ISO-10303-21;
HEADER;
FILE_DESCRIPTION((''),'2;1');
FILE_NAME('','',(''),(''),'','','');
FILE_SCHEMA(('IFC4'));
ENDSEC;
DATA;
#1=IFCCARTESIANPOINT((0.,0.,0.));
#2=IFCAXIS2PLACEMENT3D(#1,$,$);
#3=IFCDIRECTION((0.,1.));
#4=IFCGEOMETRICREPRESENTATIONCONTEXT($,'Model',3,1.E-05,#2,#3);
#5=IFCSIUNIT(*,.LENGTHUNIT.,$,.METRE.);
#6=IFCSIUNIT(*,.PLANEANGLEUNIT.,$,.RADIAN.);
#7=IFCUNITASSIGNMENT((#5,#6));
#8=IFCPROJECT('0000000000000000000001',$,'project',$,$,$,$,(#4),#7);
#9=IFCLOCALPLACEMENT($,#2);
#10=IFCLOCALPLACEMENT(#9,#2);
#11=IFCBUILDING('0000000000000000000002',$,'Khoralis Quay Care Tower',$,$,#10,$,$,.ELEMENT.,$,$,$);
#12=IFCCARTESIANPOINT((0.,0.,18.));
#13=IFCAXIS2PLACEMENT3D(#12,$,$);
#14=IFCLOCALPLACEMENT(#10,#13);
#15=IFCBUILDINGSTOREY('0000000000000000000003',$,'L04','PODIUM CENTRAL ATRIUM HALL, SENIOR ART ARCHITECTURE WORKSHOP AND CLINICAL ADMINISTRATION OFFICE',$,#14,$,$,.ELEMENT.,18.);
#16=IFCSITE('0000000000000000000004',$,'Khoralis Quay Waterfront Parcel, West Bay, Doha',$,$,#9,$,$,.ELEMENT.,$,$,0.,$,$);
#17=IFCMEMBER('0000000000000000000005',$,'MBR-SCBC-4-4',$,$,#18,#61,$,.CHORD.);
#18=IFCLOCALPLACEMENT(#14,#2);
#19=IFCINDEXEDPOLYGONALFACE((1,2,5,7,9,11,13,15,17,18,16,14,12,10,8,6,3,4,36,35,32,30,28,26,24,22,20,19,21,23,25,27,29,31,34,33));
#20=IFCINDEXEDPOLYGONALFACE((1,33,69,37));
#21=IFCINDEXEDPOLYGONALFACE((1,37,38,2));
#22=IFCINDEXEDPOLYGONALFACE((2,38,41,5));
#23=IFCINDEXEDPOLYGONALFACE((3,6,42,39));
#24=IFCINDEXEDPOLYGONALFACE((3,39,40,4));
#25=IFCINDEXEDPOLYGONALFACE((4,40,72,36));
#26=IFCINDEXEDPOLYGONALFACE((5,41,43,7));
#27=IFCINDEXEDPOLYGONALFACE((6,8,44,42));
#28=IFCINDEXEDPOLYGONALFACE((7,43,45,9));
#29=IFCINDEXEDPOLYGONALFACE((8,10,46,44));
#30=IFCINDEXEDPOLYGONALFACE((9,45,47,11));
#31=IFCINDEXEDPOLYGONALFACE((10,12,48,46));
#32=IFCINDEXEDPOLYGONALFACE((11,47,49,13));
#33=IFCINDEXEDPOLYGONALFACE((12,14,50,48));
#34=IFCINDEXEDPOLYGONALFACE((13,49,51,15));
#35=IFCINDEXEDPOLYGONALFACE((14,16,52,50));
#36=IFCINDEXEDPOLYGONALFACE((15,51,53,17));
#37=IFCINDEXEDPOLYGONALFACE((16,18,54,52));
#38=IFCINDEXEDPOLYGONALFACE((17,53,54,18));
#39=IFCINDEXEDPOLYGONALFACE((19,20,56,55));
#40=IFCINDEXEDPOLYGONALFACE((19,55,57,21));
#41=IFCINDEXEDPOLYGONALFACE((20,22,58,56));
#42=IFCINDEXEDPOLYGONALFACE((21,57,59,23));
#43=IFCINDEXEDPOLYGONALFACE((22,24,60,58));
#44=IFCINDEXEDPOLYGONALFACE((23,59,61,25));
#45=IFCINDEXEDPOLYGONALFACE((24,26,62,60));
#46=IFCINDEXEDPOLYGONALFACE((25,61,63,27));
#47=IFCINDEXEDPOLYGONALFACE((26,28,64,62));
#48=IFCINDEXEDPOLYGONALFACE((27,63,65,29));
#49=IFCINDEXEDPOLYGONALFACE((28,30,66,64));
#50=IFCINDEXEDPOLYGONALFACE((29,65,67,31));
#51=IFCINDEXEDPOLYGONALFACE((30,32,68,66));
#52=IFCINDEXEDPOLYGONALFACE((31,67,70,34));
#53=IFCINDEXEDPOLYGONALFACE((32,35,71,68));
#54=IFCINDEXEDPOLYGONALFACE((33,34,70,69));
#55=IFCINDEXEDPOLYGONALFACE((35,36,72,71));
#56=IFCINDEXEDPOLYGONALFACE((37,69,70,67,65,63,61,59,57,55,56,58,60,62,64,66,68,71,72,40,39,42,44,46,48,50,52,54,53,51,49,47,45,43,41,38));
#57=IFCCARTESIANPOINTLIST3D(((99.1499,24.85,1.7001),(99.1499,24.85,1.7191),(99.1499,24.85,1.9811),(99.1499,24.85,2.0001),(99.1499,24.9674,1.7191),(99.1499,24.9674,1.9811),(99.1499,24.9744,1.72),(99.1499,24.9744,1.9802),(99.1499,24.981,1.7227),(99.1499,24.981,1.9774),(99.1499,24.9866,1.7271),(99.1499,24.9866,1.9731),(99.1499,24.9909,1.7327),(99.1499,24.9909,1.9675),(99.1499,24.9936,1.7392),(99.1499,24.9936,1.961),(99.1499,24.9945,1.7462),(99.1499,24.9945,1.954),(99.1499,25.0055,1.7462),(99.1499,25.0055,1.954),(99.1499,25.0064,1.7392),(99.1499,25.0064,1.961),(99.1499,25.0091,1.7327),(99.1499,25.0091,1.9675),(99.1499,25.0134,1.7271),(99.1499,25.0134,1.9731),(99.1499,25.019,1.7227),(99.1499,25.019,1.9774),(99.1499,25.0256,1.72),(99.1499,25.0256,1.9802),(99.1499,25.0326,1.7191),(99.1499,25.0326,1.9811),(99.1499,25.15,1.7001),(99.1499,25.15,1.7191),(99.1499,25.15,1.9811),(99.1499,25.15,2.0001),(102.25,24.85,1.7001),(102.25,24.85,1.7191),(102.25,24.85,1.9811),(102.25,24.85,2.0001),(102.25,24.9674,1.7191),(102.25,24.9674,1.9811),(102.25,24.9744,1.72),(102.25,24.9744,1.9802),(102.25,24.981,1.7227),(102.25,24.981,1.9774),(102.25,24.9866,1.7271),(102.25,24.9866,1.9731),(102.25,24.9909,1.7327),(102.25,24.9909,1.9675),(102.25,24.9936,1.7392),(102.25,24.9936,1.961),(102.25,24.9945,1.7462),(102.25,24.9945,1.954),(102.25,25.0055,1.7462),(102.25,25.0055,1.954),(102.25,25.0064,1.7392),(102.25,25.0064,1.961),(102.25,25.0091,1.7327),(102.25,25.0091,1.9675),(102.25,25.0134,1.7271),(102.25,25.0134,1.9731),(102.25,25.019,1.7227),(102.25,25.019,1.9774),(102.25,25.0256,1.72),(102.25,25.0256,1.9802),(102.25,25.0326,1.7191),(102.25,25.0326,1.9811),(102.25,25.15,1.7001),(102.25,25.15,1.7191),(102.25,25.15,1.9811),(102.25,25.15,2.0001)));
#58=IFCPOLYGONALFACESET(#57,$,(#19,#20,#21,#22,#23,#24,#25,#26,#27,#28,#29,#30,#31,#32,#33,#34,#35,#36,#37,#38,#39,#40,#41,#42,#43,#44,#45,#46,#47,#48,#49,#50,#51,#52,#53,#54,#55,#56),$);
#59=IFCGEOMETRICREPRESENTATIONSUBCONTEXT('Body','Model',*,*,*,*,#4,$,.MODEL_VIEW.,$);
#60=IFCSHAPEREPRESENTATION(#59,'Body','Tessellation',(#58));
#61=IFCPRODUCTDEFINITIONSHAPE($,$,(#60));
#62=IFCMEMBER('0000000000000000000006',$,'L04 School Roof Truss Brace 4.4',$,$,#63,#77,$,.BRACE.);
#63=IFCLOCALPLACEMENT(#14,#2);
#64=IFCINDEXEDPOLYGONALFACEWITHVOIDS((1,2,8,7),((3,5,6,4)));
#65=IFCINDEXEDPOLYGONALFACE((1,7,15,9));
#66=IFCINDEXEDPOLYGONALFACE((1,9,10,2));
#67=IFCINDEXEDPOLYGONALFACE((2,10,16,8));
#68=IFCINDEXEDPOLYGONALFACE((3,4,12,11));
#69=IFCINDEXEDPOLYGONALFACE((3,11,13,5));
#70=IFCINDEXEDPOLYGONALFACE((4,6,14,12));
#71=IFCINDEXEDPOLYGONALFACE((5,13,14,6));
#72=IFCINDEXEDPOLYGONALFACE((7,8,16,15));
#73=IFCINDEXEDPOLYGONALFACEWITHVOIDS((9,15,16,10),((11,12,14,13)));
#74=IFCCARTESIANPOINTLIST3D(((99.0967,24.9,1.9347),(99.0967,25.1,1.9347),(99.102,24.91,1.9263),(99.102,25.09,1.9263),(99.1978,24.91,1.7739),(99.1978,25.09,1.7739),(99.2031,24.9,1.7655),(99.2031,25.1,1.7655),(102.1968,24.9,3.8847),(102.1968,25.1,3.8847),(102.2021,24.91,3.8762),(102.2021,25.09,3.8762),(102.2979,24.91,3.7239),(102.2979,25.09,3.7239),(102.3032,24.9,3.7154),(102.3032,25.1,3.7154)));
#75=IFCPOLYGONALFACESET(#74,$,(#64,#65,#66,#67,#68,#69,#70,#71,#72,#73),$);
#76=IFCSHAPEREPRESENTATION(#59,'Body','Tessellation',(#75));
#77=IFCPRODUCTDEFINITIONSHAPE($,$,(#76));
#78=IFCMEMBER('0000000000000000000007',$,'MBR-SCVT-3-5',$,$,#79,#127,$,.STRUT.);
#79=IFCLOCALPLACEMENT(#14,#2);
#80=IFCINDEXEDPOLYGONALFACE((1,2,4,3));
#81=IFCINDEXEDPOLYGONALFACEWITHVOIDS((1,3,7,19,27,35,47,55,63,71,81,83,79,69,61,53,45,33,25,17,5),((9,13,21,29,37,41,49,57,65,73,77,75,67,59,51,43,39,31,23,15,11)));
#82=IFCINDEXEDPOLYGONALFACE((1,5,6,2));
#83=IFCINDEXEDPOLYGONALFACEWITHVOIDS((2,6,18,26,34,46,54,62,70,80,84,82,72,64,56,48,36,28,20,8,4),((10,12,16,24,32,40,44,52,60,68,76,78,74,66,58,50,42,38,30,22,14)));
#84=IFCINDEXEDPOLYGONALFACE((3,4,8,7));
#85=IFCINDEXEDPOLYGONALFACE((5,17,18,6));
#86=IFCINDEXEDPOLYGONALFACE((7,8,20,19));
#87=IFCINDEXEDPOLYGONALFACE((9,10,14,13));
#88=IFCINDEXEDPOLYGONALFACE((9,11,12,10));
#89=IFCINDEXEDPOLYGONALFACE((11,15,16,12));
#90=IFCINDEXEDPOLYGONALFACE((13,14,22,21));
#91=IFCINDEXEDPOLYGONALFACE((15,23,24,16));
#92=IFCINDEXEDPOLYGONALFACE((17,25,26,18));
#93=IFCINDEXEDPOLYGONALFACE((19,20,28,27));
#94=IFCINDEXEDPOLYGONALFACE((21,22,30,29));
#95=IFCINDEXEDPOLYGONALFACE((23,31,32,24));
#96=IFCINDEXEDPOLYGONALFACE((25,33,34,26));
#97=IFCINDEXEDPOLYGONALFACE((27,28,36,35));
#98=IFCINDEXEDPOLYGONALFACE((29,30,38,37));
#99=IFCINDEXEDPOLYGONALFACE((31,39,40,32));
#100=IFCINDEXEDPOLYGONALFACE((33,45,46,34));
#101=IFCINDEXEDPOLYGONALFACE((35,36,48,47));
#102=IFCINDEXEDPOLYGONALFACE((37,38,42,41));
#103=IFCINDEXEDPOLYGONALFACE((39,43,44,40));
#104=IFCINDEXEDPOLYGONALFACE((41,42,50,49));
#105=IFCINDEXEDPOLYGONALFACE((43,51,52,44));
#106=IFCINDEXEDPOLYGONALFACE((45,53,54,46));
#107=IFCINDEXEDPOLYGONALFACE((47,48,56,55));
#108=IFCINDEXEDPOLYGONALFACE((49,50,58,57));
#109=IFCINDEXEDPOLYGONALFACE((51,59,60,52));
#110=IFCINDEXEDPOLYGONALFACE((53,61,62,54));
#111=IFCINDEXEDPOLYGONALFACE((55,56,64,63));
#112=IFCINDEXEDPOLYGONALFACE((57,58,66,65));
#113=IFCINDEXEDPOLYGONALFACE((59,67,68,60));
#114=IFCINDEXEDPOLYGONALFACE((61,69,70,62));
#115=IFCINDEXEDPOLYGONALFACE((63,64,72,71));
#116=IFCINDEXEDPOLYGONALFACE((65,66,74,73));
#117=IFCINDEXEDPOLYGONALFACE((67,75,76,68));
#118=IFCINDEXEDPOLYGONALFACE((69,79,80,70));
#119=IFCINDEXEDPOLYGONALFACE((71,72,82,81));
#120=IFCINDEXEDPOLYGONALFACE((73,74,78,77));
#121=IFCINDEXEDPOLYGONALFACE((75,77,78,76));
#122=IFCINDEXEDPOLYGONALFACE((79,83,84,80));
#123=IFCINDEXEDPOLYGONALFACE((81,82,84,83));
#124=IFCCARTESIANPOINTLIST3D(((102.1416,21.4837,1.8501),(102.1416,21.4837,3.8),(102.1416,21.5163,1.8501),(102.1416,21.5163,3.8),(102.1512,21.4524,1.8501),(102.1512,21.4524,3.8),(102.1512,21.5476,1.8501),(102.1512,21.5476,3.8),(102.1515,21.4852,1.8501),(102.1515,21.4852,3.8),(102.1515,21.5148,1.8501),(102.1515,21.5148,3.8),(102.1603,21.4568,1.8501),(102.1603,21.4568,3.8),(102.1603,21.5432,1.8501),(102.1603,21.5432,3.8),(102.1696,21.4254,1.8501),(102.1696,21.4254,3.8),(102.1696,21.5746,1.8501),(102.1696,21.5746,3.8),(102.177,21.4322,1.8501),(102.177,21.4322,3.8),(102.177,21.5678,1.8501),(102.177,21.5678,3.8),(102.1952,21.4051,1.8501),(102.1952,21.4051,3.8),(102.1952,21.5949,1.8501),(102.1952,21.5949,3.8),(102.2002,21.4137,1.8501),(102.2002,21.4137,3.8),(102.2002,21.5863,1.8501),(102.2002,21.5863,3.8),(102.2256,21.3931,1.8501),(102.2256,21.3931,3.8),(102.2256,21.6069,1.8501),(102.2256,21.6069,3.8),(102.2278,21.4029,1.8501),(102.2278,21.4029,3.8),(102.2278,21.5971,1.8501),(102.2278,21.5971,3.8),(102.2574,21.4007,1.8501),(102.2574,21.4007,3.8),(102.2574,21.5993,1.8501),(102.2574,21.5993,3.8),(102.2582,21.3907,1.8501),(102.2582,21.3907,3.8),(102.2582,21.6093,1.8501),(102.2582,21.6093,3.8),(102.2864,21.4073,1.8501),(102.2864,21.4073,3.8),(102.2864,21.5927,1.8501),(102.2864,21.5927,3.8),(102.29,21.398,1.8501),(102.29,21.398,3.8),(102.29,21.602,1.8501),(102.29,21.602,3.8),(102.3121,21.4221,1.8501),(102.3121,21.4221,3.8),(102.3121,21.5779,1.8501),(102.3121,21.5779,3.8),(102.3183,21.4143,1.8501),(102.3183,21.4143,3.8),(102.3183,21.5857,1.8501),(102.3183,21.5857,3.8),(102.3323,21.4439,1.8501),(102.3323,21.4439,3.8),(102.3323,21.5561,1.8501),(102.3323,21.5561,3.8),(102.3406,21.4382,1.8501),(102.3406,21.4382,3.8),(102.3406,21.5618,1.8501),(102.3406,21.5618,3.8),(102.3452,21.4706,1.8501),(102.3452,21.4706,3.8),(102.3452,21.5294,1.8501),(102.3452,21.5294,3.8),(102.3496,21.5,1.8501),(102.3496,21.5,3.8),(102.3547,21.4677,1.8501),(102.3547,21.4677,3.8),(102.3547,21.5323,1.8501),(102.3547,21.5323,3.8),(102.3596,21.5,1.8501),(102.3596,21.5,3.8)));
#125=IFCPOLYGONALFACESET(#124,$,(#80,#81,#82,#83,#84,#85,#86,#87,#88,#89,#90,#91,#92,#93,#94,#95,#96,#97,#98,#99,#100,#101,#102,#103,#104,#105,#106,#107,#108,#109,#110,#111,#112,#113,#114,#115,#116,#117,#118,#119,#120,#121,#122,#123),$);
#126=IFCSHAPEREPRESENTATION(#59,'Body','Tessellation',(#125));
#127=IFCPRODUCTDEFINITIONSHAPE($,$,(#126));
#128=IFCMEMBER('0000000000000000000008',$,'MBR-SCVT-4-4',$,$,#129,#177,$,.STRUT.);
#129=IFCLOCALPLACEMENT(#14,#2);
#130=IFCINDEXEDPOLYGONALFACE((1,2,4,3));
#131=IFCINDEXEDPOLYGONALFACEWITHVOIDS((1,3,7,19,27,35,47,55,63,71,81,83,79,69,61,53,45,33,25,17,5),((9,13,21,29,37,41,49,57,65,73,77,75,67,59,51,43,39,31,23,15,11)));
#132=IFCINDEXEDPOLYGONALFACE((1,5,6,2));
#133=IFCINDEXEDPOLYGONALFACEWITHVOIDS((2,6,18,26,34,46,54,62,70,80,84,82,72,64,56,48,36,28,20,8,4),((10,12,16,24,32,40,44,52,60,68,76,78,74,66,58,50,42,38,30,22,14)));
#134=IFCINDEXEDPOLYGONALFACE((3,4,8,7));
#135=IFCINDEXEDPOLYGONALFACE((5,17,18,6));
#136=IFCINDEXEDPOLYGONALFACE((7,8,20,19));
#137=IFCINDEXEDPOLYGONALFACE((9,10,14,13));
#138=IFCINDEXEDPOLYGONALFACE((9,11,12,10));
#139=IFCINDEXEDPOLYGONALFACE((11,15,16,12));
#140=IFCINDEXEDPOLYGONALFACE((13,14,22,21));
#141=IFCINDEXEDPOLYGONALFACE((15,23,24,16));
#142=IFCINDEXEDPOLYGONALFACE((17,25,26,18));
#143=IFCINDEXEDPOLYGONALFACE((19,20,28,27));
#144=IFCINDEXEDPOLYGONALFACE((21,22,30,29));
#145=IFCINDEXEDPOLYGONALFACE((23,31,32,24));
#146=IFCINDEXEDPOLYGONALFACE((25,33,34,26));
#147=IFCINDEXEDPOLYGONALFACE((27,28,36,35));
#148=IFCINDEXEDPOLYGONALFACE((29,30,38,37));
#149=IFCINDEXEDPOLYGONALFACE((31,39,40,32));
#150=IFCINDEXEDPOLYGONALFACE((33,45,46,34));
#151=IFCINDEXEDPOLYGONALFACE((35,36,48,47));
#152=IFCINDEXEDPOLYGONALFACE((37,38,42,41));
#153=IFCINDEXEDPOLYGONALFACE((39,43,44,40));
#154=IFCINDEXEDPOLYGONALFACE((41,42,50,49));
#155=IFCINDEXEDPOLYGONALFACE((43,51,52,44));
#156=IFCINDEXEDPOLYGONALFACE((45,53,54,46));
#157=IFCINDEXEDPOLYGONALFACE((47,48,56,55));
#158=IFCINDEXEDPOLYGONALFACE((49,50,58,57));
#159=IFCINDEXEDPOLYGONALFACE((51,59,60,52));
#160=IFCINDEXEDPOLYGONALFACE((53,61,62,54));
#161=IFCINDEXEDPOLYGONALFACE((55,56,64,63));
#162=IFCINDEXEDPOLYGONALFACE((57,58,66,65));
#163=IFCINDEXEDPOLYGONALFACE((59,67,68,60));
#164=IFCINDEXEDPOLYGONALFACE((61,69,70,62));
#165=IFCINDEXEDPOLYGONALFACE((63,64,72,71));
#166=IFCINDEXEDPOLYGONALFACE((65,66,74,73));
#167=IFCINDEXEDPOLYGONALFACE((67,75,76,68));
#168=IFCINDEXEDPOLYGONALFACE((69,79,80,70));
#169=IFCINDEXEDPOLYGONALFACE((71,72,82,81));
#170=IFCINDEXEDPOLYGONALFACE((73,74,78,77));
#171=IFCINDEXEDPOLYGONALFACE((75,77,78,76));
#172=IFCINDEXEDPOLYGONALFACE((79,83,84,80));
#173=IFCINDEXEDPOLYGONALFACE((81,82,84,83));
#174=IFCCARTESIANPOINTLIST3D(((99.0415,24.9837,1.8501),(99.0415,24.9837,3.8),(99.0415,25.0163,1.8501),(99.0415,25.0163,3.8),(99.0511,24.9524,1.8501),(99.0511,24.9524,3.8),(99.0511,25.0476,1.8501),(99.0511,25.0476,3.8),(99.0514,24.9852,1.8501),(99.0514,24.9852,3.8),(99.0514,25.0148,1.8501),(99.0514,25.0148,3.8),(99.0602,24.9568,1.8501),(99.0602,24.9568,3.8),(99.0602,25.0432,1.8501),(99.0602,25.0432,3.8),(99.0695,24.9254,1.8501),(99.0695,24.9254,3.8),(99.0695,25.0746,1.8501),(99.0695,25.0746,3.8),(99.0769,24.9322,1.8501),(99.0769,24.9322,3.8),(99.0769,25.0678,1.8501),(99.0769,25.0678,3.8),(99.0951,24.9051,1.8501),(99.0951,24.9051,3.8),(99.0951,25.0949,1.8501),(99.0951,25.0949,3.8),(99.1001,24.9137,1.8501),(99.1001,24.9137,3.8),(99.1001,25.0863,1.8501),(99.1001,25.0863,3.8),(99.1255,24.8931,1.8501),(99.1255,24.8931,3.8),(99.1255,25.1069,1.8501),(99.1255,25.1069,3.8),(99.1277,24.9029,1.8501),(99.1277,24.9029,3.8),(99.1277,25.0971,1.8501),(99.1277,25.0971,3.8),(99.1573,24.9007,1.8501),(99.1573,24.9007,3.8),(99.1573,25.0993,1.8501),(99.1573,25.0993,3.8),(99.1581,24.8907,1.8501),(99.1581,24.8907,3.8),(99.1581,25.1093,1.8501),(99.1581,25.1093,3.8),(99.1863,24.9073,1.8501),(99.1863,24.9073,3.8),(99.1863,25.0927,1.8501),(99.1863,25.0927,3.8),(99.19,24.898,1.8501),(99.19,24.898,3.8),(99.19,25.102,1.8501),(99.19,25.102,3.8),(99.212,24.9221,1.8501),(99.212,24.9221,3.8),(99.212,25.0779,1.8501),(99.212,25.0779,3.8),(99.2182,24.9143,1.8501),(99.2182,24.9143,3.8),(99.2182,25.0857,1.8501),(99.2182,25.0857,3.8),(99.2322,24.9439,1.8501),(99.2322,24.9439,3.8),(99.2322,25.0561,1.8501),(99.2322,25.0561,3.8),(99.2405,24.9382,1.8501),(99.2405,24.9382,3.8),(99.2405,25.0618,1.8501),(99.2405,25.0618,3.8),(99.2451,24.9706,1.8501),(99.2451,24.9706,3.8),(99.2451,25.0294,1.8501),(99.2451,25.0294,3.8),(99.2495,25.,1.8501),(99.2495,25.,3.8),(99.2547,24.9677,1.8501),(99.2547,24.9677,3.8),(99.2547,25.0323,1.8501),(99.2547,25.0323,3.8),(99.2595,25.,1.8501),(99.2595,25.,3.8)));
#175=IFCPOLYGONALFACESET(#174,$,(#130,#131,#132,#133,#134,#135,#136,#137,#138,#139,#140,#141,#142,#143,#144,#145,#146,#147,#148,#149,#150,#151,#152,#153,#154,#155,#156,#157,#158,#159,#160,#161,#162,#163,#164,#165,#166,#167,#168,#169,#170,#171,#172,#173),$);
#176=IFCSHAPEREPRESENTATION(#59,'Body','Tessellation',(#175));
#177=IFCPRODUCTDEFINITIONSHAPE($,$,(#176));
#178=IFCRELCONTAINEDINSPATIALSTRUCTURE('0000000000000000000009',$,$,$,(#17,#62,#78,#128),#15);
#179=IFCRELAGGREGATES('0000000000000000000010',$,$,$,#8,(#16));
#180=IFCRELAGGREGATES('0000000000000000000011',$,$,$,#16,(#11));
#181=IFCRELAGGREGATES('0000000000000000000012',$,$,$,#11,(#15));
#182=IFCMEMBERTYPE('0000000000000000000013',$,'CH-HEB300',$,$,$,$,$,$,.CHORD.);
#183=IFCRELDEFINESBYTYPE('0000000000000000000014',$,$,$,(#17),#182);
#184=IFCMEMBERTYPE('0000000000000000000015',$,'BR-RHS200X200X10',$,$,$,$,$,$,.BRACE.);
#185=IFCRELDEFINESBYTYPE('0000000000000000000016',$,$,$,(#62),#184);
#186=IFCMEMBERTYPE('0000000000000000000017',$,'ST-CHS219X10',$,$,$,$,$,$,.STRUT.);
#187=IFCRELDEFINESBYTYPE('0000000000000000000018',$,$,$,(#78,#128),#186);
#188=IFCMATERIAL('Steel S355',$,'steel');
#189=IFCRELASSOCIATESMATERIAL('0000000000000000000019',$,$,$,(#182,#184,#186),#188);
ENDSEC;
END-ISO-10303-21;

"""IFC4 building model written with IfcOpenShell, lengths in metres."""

from ifc_helpers import new_model, si_unit, direction, frame, origin, origin_2d, place, context, subcontext, project, spatial, hollow_rectangle, hollow_circle, i_section, extrude, source, transform, mapped, material, material_profile, profile_set, type_object, element, save


model = new_model("IFC4")

# Units and contexts
model_context = context("Model", 3, precision=1e-05, world=origin(), true_north=direction((0.0, 1.0)))
body_context = subcontext(model_context, "Body", "Model", "MODEL_VIEW")
ifc_project = project(units=[si_unit("LENGTHUNIT", "METRE"), si_unit("PLANEANGLEUNIT", "RADIAN")], contexts=[model_context])

# Site, building, storey
site_placement = place(None, origin())
site = spatial("IfcSite", under=ifc_project, at=site_placement, Name="Khoralis Quay Waterfront Parcel, West Bay, Doha", CompositionType="ELEMENT", RefElevation=0.0)
building_placement = place(site_placement, origin())
building = spatial("IfcBuilding", under=site, at=building_placement, Name="Khoralis Quay Care Tower", CompositionType="ELEMENT")
storey_placement = place(building_placement, frame((0.0, 0.0, 18.0)))
storey = spatial("IfcBuildingStorey", under=building, at=storey_placement, Name="L04", Description="PODIUM CENTRAL ATRIUM HALL, SENIOR ART ARCHITECTURE WORKSHOP AND CLINICAL ADMINISTRATION OFFICE", CompositionType="ELEMENT", Elevation=18.0)

# Members
ifc_material_1 = material(Name="Steel S355", Category="steel")
ifc_material_profile_1 = material_profile(ifc_material_1, i_section(OverallWidth=0.3, OverallDepth=0.3, WebThickness=0.011, FlangeThickness=0.019, FilletRadius=0.0271, at=origin_2d()), Name="Steel S355")
ifc_profile_set_1 = profile_set([ifc_material_profile_1], Name="Steel S355")
member_type_1 = type_object("IfcMemberType", Name="CH-HEB300", PredefinedType="CHORD", material=ifc_profile_set_1)
shared_shape_1 = source(origin(), body_context, "Body", "SweptSolid", [
    extrude(i_section(OverallWidth=0.3, OverallDepth=0.3, WebThickness=0.011, FlangeThickness=0.019, FilletRadius=0.0271, at=origin_2d()), origin(), (0.0, 0.0, 1.0), 3.1001),
])
member_1_placement = place(storey_placement, frame((99.1499, 25.0, 1.8501), z_axis=(1.0, 0.0, 0.0), x_axis=(0.0, 1.0, 0.0)))
element("IfcMember", 1, at=member_1_placement, inside=storey, type_object=member_type_1, Name="MBR-SCBC-4-4", PredefinedType="CHORD", context=body_context, shape_type="MappedRepresentation", body=[
    mapped(shared_shape_1, transform((0.0, 0.0, 0.0), scale=1.0)),
])
ifc_material_profile_2 = material_profile(ifc_material_1, hollow_rectangle(XDim=0.2, YDim=0.2, WallThickness=0.01, at=origin_2d()), Name="Steel S355")
ifc_profile_set_2 = profile_set([ifc_material_profile_2], Name="Steel S355")
member_type_2 = type_object("IfcMemberType", Name="BR-RHS200X200X10", PredefinedType="BRACE", material=ifc_profile_set_2)
shared_shape_2 = source(origin(), body_context, "Body", "SweptSolid", [
    extrude(hollow_rectangle(XDim=0.2, YDim=0.2, WallThickness=0.01, at=origin_2d()), origin(), (0.0, 0.0, 1.0), 3.6624),
])
member_2_placement = place(storey_placement, frame((99.1499, 25.0, 1.8501), z_axis=(0.846474, 0.0, 0.53243), x_axis=(0.0, 1.0, 0.0)))
element("IfcMember", 2, at=member_2_placement, inside=storey, type_object=member_type_2, Name="L04 School Roof Truss Brace 4.4", PredefinedType="BRACE", context=body_context, shape_type="MappedRepresentation", body=[
    mapped(shared_shape_2, transform((0.0, 0.0, 0.0), scale=1.0)),
])
ifc_material_profile_3 = material_profile(ifc_material_1, hollow_circle(Radius=0.1096, WallThickness=0.01, at=origin_2d()), Name="Steel S355")
ifc_profile_set_3 = profile_set([ifc_material_profile_3], Name="Steel S355")
member_type_3 = type_object("IfcMemberType", Name="ST-CHS219X10", PredefinedType="STRUT", material=ifc_profile_set_3)
shared_shape_3 = source(origin(), body_context, "Body", "SweptSolid", [
    extrude(hollow_circle(Radius=0.1096, WallThickness=0.01, at=origin_2d()), origin(), (0.0, 0.0, 1.0), 1.95),
])
for number, where, z_axis, x_axis, name in (
    (3, (102.25, 21.5, 1.8501), (0.0, 0.0, 1.0), (1.0, 0.0, 0.0), "MBR-SCVT-3-5"),
    (4, (99.1499, 25.0, 1.8501), (0.0, 0.0, 1.0), (1.0, 0.0, 0.0), "MBR-SCVT-4-4"),
):
    element("IfcMember", number, at=place(storey_placement, frame(where, z_axis=z_axis, x_axis=x_axis)), inside=storey, type_object=member_type_3, Name=name, PredefinedType="STRUT", context=body_context, shape_type="MappedRepresentation", body=[
        mapped(shared_shape_3, transform((0.0, 0.0, 0.0), scale=1.0)),
    ])

save(model, "model.ifc")
